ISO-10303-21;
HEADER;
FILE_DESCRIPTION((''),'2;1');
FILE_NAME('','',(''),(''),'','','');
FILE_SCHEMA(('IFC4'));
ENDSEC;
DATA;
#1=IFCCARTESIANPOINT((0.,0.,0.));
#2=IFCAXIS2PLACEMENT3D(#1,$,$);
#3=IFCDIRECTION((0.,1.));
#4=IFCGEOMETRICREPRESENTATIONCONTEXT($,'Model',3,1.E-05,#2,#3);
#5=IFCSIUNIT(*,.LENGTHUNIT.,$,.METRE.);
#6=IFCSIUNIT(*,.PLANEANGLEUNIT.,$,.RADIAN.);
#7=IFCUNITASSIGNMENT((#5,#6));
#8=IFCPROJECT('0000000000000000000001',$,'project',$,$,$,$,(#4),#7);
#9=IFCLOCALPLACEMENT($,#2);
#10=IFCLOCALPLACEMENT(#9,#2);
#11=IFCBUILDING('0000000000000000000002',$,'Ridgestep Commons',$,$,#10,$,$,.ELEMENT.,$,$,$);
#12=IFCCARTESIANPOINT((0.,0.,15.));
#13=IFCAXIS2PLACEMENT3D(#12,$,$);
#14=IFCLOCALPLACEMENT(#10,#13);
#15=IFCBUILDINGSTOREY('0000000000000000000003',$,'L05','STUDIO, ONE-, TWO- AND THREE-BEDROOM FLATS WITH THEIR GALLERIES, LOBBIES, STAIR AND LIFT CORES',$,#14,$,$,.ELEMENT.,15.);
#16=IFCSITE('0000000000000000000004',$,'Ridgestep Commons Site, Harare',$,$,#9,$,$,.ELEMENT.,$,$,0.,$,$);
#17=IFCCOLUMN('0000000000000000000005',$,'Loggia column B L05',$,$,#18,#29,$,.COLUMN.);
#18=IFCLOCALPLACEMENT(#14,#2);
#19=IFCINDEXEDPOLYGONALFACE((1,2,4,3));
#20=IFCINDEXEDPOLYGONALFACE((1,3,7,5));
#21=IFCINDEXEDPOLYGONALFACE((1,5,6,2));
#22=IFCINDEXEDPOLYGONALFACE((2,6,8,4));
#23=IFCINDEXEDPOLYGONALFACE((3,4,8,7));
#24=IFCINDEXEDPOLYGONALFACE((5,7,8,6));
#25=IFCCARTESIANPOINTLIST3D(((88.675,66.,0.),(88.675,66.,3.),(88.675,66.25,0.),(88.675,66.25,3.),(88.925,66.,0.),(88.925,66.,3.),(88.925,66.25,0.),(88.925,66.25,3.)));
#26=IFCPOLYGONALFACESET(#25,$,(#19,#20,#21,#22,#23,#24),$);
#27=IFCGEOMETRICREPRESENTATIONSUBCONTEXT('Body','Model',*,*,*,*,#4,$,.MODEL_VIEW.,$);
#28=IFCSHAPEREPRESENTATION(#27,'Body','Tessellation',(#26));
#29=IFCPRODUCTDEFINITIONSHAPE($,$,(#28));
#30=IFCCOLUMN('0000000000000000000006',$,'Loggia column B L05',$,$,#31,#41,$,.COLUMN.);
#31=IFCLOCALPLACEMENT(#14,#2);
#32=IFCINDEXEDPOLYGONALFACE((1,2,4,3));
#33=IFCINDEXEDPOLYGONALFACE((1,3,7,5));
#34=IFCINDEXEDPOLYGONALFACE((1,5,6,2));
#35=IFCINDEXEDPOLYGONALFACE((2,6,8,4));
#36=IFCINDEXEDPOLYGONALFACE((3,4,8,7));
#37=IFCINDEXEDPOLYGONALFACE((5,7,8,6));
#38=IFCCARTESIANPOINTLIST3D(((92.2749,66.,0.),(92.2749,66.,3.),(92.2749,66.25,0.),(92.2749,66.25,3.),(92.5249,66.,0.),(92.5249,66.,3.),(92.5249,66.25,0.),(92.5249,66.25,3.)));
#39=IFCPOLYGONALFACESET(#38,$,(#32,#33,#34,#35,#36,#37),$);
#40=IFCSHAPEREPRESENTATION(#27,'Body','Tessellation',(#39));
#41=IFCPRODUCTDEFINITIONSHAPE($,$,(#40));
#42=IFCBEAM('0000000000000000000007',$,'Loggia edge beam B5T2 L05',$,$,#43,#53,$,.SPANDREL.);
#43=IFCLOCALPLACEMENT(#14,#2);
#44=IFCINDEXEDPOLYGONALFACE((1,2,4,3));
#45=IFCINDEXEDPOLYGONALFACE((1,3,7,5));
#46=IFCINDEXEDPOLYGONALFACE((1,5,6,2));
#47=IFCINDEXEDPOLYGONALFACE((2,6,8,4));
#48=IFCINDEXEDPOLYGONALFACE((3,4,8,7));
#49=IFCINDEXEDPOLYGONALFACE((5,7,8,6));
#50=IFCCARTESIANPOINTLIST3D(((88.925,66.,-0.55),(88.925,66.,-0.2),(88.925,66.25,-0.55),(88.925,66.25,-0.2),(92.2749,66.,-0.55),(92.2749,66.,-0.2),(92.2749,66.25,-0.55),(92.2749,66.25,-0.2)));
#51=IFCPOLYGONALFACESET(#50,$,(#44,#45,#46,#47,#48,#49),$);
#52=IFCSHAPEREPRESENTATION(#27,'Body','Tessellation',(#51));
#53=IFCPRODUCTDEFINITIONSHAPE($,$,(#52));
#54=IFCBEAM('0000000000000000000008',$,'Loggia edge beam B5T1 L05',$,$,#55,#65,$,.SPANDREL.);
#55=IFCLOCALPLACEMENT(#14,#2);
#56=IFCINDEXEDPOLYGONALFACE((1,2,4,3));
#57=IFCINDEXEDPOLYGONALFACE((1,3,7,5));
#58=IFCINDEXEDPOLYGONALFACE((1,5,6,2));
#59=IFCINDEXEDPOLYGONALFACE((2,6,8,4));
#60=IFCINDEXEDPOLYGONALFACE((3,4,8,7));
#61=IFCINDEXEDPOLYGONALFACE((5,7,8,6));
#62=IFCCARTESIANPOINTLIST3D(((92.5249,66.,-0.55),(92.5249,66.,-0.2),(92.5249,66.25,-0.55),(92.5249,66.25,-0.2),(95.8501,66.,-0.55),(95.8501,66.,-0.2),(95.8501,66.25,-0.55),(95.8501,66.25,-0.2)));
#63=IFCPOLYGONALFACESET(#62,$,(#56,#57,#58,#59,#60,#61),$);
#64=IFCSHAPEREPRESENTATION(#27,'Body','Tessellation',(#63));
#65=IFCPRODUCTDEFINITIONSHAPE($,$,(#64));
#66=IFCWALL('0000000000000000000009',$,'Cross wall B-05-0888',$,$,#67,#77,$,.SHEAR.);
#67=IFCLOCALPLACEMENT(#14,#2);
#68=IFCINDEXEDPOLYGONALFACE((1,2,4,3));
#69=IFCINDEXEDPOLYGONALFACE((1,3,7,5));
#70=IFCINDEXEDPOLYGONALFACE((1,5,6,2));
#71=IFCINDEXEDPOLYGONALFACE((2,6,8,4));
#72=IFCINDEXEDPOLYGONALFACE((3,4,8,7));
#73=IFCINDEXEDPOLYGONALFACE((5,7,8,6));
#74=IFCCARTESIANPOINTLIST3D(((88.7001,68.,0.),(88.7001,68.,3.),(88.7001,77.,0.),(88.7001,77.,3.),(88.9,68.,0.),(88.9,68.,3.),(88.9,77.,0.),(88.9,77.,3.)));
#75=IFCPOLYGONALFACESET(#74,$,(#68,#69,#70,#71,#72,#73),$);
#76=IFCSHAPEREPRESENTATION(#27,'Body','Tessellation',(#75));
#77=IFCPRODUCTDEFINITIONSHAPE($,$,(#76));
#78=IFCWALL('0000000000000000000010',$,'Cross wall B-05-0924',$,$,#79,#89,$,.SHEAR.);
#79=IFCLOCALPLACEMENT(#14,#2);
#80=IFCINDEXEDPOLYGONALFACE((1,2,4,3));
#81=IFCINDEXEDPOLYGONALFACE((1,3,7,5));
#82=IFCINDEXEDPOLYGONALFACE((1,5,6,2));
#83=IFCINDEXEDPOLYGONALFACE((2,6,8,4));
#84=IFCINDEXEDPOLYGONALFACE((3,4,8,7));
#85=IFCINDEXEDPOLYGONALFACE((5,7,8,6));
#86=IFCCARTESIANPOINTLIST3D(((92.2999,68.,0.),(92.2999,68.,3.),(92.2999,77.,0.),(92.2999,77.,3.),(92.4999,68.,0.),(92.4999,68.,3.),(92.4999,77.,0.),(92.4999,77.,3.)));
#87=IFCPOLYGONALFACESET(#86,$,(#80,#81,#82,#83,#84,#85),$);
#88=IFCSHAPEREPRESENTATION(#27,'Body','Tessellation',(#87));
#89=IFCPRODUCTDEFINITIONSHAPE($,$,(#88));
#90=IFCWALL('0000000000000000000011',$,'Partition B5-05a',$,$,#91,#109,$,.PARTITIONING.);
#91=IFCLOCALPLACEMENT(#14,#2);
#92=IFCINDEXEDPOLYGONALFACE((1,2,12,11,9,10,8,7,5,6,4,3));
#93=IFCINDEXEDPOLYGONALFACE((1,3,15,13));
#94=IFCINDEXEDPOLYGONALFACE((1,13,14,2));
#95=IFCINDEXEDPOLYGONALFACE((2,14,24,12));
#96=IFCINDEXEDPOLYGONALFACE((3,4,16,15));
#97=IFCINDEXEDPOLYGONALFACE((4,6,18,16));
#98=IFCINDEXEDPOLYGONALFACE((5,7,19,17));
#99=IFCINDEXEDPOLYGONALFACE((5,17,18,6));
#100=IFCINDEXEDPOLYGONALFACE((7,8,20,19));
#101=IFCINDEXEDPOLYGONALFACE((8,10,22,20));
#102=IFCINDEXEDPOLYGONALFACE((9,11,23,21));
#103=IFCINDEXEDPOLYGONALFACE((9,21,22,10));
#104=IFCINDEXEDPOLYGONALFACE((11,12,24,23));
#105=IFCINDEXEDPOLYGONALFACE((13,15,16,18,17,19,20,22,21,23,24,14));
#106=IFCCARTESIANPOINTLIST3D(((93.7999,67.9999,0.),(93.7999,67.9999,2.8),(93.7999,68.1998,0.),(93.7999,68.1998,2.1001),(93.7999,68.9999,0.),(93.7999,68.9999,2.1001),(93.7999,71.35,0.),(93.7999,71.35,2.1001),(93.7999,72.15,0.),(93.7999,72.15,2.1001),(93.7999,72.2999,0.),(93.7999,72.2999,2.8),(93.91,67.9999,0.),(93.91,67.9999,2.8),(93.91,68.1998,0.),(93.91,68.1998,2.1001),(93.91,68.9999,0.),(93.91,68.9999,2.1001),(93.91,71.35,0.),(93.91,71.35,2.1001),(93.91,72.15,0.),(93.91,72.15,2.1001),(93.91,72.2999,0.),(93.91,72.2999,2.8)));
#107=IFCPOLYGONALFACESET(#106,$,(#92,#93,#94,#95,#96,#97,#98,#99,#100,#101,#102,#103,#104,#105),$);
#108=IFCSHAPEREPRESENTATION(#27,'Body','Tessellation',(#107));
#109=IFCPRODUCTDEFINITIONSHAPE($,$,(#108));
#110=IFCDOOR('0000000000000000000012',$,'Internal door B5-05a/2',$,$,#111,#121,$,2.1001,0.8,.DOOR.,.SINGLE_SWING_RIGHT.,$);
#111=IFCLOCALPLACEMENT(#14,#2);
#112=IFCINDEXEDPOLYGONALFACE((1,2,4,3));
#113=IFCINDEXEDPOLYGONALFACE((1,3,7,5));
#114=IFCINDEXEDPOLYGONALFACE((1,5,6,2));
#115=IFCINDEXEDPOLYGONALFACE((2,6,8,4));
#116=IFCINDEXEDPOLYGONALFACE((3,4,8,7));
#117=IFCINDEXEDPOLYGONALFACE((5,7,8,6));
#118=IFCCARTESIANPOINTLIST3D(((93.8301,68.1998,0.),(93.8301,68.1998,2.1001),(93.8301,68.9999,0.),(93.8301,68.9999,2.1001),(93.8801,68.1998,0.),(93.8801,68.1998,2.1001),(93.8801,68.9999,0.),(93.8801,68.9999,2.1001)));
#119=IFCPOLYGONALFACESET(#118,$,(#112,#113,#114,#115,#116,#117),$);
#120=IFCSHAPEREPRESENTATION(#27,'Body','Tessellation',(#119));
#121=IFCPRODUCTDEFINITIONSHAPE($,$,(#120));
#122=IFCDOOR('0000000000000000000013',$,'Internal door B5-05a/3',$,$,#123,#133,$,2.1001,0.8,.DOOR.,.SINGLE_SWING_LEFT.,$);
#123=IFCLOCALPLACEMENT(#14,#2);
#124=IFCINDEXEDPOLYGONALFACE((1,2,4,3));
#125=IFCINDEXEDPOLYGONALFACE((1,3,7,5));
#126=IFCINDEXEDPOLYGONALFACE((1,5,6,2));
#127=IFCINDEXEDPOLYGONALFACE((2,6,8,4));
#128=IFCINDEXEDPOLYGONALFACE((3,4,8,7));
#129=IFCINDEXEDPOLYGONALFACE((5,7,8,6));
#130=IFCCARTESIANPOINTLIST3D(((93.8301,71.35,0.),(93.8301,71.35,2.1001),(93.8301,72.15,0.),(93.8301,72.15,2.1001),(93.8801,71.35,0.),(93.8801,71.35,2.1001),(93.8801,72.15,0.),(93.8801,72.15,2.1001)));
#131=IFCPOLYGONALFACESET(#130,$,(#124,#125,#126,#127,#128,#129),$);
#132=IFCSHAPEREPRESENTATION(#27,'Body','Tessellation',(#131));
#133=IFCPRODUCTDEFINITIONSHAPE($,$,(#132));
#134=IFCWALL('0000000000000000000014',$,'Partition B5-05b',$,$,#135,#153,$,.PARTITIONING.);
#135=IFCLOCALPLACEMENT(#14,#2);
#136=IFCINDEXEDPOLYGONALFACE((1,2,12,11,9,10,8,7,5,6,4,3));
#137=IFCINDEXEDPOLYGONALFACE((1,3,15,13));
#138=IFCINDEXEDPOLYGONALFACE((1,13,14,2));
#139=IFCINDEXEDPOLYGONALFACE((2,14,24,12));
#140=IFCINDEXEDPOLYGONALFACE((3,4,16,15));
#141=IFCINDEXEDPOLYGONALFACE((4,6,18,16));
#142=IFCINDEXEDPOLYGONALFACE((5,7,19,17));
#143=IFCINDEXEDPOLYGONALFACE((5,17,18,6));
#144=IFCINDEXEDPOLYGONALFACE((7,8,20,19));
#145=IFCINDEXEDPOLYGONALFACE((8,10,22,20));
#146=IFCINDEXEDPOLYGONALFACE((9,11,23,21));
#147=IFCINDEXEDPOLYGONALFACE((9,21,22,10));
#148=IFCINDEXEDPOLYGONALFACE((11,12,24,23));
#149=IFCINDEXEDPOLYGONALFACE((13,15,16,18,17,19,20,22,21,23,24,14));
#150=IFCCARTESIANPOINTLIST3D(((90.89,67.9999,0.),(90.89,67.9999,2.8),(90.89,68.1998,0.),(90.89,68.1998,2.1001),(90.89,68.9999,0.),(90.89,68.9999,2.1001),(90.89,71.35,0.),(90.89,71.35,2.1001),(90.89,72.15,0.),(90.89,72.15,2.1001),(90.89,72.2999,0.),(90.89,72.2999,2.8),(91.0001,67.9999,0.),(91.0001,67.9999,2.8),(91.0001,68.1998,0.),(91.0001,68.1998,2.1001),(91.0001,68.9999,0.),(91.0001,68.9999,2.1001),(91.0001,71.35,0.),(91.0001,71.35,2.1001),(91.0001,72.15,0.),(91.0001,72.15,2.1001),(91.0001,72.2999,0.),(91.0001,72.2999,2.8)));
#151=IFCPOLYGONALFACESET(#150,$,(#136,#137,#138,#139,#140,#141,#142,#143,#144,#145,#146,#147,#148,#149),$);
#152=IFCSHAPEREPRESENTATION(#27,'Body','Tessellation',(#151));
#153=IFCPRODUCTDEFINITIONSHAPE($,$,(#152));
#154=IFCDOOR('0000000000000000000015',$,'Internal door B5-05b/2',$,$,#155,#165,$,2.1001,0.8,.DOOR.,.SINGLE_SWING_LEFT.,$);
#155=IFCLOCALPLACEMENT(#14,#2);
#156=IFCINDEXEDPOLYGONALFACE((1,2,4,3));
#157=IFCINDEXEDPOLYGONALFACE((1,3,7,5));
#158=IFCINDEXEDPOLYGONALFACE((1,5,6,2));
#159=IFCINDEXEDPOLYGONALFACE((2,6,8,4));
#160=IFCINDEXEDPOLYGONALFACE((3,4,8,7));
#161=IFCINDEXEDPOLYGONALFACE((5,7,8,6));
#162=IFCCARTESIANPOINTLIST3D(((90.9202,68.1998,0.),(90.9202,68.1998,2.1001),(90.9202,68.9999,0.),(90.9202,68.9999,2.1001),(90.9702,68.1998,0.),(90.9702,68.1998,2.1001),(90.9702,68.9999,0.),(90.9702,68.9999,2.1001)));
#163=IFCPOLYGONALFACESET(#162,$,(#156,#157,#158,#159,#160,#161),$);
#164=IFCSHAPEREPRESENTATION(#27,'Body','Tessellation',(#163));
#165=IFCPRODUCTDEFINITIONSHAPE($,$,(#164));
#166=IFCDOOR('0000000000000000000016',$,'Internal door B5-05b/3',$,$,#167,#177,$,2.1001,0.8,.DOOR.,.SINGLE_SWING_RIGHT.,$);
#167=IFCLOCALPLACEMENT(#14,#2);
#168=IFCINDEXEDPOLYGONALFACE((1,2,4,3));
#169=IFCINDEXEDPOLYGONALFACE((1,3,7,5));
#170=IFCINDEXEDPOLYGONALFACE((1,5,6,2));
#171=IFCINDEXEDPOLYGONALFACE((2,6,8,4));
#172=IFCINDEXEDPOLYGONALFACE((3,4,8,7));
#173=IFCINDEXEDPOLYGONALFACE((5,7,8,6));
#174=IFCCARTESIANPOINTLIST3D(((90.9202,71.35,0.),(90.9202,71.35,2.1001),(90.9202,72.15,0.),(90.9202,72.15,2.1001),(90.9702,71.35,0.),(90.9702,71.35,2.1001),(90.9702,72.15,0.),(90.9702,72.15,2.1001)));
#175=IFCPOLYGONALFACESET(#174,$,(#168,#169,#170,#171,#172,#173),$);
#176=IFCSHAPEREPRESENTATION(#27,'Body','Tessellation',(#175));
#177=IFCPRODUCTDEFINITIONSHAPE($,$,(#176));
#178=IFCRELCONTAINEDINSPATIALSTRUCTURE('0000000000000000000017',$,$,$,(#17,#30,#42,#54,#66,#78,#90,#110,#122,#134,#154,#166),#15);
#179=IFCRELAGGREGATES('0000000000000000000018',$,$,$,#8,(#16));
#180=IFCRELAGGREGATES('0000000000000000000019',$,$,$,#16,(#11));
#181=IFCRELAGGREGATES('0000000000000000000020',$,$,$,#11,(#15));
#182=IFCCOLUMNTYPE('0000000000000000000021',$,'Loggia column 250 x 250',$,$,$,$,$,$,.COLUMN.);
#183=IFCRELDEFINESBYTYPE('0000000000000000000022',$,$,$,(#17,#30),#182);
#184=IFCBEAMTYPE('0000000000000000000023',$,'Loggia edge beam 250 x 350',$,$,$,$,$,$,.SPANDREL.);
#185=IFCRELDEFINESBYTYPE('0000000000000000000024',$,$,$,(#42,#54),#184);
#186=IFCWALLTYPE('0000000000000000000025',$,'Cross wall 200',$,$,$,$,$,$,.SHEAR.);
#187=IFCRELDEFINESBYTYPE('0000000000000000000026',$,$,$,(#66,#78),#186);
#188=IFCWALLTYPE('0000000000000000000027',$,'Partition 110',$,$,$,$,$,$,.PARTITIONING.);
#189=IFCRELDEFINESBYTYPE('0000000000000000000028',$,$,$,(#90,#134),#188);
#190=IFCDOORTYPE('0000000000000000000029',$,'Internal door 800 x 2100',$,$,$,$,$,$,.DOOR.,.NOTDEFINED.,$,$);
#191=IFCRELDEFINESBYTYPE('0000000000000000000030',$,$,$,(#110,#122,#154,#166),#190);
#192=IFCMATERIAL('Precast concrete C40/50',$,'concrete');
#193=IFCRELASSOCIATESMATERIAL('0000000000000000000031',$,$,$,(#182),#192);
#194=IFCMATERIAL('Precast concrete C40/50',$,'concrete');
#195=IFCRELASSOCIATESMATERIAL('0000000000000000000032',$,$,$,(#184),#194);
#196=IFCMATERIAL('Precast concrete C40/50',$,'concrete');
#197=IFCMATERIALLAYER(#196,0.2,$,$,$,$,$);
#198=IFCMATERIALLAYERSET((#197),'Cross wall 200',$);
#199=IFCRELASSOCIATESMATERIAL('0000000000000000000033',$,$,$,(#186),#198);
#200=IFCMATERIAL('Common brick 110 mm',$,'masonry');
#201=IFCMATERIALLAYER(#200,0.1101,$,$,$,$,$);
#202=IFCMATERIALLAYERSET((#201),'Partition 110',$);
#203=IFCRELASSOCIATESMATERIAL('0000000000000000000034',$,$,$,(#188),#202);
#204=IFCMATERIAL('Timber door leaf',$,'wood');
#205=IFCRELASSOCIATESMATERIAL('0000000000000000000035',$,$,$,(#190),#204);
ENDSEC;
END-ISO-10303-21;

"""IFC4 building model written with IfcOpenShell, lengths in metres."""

from ifc_helpers import new_model, si_unit, direction, frame, frame_2d, origin, origin_2d, place, context, subcontext, project, spatial, rectangle, extrude, material, layer, layer_set, material_profile, profile_set, type_object, element, fill, save


model = new_model("IFC4")

# Units and contexts
model_context = context("Model", 3, precision=1e-05, world=origin(), true_north=direction((0.0, 1.0)))
body_context = subcontext(model_context, "Body", "Model", "MODEL_VIEW")
ifc_project = project(units=[si_unit("LENGTHUNIT", "METRE"), si_unit("PLANEANGLEUNIT", "RADIAN")], contexts=[model_context])

# Site, building, storey
site_placement = place(None, origin())
site = spatial("IfcSite", under=ifc_project, at=site_placement, Name="Ridgestep Commons Site, Harare", CompositionType="ELEMENT", RefElevation=0.0)
building_placement = place(site_placement, origin())
building = spatial("IfcBuilding", under=site, at=building_placement, Name="Ridgestep Commons", CompositionType="ELEMENT")
storey_placement = place(building_placement, frame((0.0, 0.0, 15.0)))
storey = spatial("IfcBuildingStorey", under=building, at=storey_placement, Name="L05", Description="STUDIO, ONE-, TWO- AND THREE-BEDROOM FLATS WITH THEIR GALLERIES, LOBBIES, STAIR AND LIFT CORES", CompositionType="ELEMENT", Elevation=15.0)

# Columns
ifc_material_1 = material(Name="Precast concrete C40/50", Category="concrete")
ifc_material_profile_1 = material_profile(ifc_material_1, rectangle(XDim=0.25, YDim=0.25, at=origin_2d()), Name="PC 250x250")
ifc_profile_set_1 = profile_set([ifc_material_profile_1], Name="Precast concrete C40/50")
column_type = type_object("IfcColumnType", Name="Loggia column 250 x 250", PredefinedType="COLUMN", material=ifc_profile_set_1)
for number, where, z_axis, x_axis, name in (
    (1, (88.8, 66.125, 0.0), (0.0, 0.0, 1.0), (1.0, 0.0, 0.0), "Loggia column B L05"),
    (2, (92.3999, 66.125, 0.0), (0.0, 0.0, 1.0), (1.0, 0.0, 0.0), "Loggia column B L05"),
):
    element("IfcColumn", number, at=place(storey_placement, frame(where, z_axis=z_axis, x_axis=x_axis)), inside=storey, type_object=column_type, Name=name, PredefinedType="COLUMN", context=body_context, shape_type="SweptSolid", body=[
        extrude(rectangle(XDim=0.25, YDim=0.25, at=origin_2d()), origin(), (0.0, 0.0, 1.0), 3.0),
    ])

# Beams
ifc_material_2 = material(Name="Precast concrete C40/50", Category="concrete")
ifc_material_profile_2 = material_profile(ifc_material_2, rectangle(XDim=0.25, YDim=0.3501, at=origin_2d()), Name="PC 250x350")
ifc_profile_set_2 = profile_set([ifc_material_profile_2], Name="Precast concrete C40/50")
beam_type = type_object("IfcBeamType", Name="Loggia edge beam 250 x 350", PredefinedType="SPANDREL", material=ifc_profile_set_2)
beam_1_placement = place(storey_placement, frame((88.925, 66.125, -0.375), z_axis=(1.0, 0.0, 0.0), x_axis=(0.0, 1.0, 0.0)))
element("IfcBeam", 3, at=beam_1_placement, inside=storey, type_object=beam_type, Name="Loggia edge beam B5T2 L05", PredefinedType="SPANDREL", context=body_context, shape_type="SweptSolid", body=[
    extrude(rectangle(XDim=0.25, YDim=0.3501, at=origin_2d()), origin(), (0.0, 0.0, 1.0), 3.3499),
])
beam_2_placement = place(storey_placement, frame((92.5249, 66.125, -0.375), z_axis=(1.0, 0.0, 0.0), x_axis=(0.0, 1.0, 0.0)))
element("IfcBeam", 4, at=beam_2_placement, inside=storey, type_object=beam_type, Name="Loggia edge beam B5T1 L05", PredefinedType="SPANDREL", context=body_context, shape_type="SweptSolid", body=[
    extrude(rectangle(XDim=0.25, YDim=0.3501, at=origin_2d()), origin(), (0.0, 0.0, 1.0), 3.3252),
])

# Walls
ifc_material_3 = material(Name="Precast concrete C40/50", Category="concrete")
ifc_layer_1 = layer(ifc_material_3, 0.2)
ifc_layer_set_1 = layer_set([ifc_layer_1], Name="Cross wall 200")
wall_type_1 = type_object("IfcWallType", Name="Cross wall 200", PredefinedType="SHEAR", material=ifc_layer_set_1)
for number, where, z_axis, x_axis, name in (
    (5, (88.8, 68.0, 0.0), (0.0, 0.0, 1.0), (0.0, 1.0, 0.0), "Cross wall B-05-0888"),
    (6, (92.3999, 68.0, 0.0), (0.0, 0.0, 1.0), (0.0, 1.0, 0.0), "Cross wall B-05-0924"),
):
    element("IfcWall", number, at=place(storey_placement, frame(where, z_axis=z_axis, x_axis=x_axis)), inside=storey, type_object=wall_type_1, Name=name, PredefinedType="SHEAR", context=body_context, shape_type="SweptSolid", body=[
        extrude(rectangle(XDim=9.0, YDim=0.2, at=frame_2d((4.5, 0.0))), origin(), (0.0, 0.0, 1.0), 3.0),
    ])

# Walls, openings, doors
ifc_material_4 = material(Name="Common brick 110 mm", Category="masonry")
ifc_layer_2 = layer(ifc_material_4, 0.1101)
ifc_layer_set_2 = layer_set([ifc_layer_2], Name="Partition 110")
wall_type_2 = type_object("IfcWallType", Name="Partition 110", PredefinedType="PARTITIONING", material=ifc_layer_set_2)
wall_1_placement = place(storey_placement, frame((93.855, 68.0, 0.0), z_axis=(0.0, 0.0, 1.0), x_axis=(0.0, 1.0, 0.0)))
wall_1 = element("IfcWall", 7, at=wall_1_placement, inside=storey, type_object=wall_type_2, Name="Partition B5-05a", PredefinedType="PARTITIONING", context=body_context, shape_type="SweptSolid", body=[
    extrude(rectangle(XDim=4.3, YDim=0.1101, at=frame_2d((2.1499, 0.0))), origin(), (0.0, 0.0, 1.0), 2.8),
])
opening_1_placement = place(wall_1_placement, frame((0.2, 0.0, 0.0)))
opening_1 = element("IfcOpeningElement", 8, at=opening_1_placement, cuts=wall_1, PredefinedType="OPENING", context=body_context, shape_type="SweptSolid", body=[
    extrude(rectangle(XDim=0.8, YDim=2.1001, at=frame_2d((0.3999, 1.05))), frame((0.0, 0.0649, 0.0), z_axis=(0.0, -1.0, 0.0), x_axis=(1.0, 0.0, 0.0)), (0.0, 0.0, 1.0), 0.1301),
])
opening_2_placement = place(wall_1_placement, frame((3.3501, 0.0, 0.0)))
opening_2 = element("IfcOpeningElement", 9, at=opening_2_placement, cuts=wall_1, PredefinedType="OPENING", context=body_context, shape_type="SweptSolid", body=[
    extrude(rectangle(XDim=0.8, YDim=2.1001, at=frame_2d((0.3999, 1.05))), frame((0.0, 0.0649, 0.0), z_axis=(0.0, -1.0, 0.0), x_axis=(1.0, 0.0, 0.0)), (0.0, 0.0, 1.0), 0.1301),
])
ifc_material_5 = material(Name="Timber door leaf", Category="wood")
door_type_1 = type_object("IfcDoorType", Name="Internal door 800 x 2100", OperationType="NOTDEFINED", PredefinedType="DOOR", material=ifc_material_5)
door_1_placement = place(opening_1_placement, origin())
door_1 = element("IfcDoor", 10, at=door_1_placement, inside=storey, type_object=door_type_1, Name="Internal door B5-05a/2", OperationType="SINGLE_SWING_RIGHT", OverallHeight=2.1001, OverallWidth=0.8, PredefinedType="DOOR", context=body_context, shape_type="SweptSolid", body=[
    extrude(rectangle(XDim=0.8, YDim=2.1001, at=frame_2d((0.3999, 1.05))), frame((0.0, 0.0249, 0.0), z_axis=(0.0, -1.0, 0.0), x_axis=(1.0, 0.0, 0.0)), (0.0, 0.0, 1.0), 0.05),
])
fill(opening_1, door_1)
door_2_placement = place(opening_2_placement, origin())
door_2 = element("IfcDoor", 11, at=door_2_placement, inside=storey, type_object=door_type_1, Name="Internal door B5-05a/3", OperationType="SINGLE_SWING_LEFT", OverallHeight=2.1001, OverallWidth=0.8, PredefinedType="DOOR", context=body_context, shape_type="SweptSolid", body=[
    extrude(rectangle(XDim=0.8, YDim=2.1001, at=frame_2d((0.3999, 1.05))), frame((0.0, 0.0249, 0.0), z_axis=(0.0, -1.0, 0.0), x_axis=(1.0, 0.0, 0.0)), (0.0, 0.0, 1.0), 0.05),
])
fill(opening_2, door_2)
wall_2_placement = place(storey_placement, frame((90.9451, 68.0, 0.0), z_axis=(0.0, 0.0, 1.0), x_axis=(0.0, 1.0, 0.0)))
wall_2 = element("IfcWall", 12, at=wall_2_placement, inside=storey, type_object=wall_type_2, Name="Partition B5-05b", PredefinedType="PARTITIONING", context=body_context, shape_type="SweptSolid", body=[
    extrude(rectangle(XDim=4.3, YDim=0.1101, at=frame_2d((2.1499, 0.0))), origin(), (0.0, 0.0, 1.0), 2.8),
])
opening_3_placement = place(wall_2_placement, frame((0.2, 0.0, 0.0)))
opening_3 = element("IfcOpeningElement", 13, at=opening_3_placement, cuts=wall_2, PredefinedType="OPENING", context=body_context, shape_type="SweptSolid", body=[
    extrude(rectangle(XDim=0.8, YDim=2.1001, at=frame_2d((0.3999, 1.05))), frame((0.0, 0.0649, 0.0), z_axis=(0.0, -1.0, 0.0), x_axis=(1.0, 0.0, 0.0)), (0.0, 0.0, 1.0), 0.1301),
])
opening_4_placement = place(wall_2_placement, frame((3.3501, 0.0, 0.0)))
opening_4 = element("IfcOpeningElement", 14, at=opening_4_placement, cuts=wall_2, PredefinedType="OPENING", context=body_context, shape_type="SweptSolid", body=[
    extrude(rectangle(XDim=0.8, YDim=2.1001, at=frame_2d((0.3999, 1.05))), frame((0.0, 0.0649, 0.0), z_axis=(0.0, -1.0, 0.0), x_axis=(1.0, 0.0, 0.0)), (0.0, 0.0, 1.0), 0.1301),
])
door_3_placement = place(opening_3_placement, origin())
door_3 = element("IfcDoor", 15, at=door_3_placement, inside=storey, type_object=door_type_1, Name="Internal door B5-05b/2", OperationType="SINGLE_SWING_LEFT", OverallHeight=2.1001, OverallWidth=0.8, PredefinedType="DOOR", context=body_context, shape_type="SweptSolid", body=[
    extrude(rectangle(XDim=0.8, YDim=2.1001, at=frame_2d((0.3999, 1.05))), frame((0.0, 0.0249, 0.0), z_axis=(0.0, -1.0, 0.0), x_axis=(1.0, 0.0, 0.0)), (0.0, 0.0, 1.0), 0.05),
])
fill(opening_3, door_3)
door_4_placement = place(opening_4_placement, origin())
door_4 = element("IfcDoor", 16, at=door_4_placement, inside=storey, type_object=door_type_1, Name="Internal door B5-05b/3", OperationType="SINGLE_SWING_RIGHT", OverallHeight=2.1001, OverallWidth=0.8, PredefinedType="DOOR", context=body_context, shape_type="SweptSolid", body=[
    extrude(rectangle(XDim=0.8, YDim=2.1001, at=frame_2d((0.3999, 1.05))), frame((0.0, 0.0249, 0.0), z_axis=(0.0, -1.0, 0.0), x_axis=(1.0, 0.0, 0.0)), (0.0, 0.0, 1.0), 0.05),
])
fill(opening_4, door_4)

save(model, "model.ifc")
